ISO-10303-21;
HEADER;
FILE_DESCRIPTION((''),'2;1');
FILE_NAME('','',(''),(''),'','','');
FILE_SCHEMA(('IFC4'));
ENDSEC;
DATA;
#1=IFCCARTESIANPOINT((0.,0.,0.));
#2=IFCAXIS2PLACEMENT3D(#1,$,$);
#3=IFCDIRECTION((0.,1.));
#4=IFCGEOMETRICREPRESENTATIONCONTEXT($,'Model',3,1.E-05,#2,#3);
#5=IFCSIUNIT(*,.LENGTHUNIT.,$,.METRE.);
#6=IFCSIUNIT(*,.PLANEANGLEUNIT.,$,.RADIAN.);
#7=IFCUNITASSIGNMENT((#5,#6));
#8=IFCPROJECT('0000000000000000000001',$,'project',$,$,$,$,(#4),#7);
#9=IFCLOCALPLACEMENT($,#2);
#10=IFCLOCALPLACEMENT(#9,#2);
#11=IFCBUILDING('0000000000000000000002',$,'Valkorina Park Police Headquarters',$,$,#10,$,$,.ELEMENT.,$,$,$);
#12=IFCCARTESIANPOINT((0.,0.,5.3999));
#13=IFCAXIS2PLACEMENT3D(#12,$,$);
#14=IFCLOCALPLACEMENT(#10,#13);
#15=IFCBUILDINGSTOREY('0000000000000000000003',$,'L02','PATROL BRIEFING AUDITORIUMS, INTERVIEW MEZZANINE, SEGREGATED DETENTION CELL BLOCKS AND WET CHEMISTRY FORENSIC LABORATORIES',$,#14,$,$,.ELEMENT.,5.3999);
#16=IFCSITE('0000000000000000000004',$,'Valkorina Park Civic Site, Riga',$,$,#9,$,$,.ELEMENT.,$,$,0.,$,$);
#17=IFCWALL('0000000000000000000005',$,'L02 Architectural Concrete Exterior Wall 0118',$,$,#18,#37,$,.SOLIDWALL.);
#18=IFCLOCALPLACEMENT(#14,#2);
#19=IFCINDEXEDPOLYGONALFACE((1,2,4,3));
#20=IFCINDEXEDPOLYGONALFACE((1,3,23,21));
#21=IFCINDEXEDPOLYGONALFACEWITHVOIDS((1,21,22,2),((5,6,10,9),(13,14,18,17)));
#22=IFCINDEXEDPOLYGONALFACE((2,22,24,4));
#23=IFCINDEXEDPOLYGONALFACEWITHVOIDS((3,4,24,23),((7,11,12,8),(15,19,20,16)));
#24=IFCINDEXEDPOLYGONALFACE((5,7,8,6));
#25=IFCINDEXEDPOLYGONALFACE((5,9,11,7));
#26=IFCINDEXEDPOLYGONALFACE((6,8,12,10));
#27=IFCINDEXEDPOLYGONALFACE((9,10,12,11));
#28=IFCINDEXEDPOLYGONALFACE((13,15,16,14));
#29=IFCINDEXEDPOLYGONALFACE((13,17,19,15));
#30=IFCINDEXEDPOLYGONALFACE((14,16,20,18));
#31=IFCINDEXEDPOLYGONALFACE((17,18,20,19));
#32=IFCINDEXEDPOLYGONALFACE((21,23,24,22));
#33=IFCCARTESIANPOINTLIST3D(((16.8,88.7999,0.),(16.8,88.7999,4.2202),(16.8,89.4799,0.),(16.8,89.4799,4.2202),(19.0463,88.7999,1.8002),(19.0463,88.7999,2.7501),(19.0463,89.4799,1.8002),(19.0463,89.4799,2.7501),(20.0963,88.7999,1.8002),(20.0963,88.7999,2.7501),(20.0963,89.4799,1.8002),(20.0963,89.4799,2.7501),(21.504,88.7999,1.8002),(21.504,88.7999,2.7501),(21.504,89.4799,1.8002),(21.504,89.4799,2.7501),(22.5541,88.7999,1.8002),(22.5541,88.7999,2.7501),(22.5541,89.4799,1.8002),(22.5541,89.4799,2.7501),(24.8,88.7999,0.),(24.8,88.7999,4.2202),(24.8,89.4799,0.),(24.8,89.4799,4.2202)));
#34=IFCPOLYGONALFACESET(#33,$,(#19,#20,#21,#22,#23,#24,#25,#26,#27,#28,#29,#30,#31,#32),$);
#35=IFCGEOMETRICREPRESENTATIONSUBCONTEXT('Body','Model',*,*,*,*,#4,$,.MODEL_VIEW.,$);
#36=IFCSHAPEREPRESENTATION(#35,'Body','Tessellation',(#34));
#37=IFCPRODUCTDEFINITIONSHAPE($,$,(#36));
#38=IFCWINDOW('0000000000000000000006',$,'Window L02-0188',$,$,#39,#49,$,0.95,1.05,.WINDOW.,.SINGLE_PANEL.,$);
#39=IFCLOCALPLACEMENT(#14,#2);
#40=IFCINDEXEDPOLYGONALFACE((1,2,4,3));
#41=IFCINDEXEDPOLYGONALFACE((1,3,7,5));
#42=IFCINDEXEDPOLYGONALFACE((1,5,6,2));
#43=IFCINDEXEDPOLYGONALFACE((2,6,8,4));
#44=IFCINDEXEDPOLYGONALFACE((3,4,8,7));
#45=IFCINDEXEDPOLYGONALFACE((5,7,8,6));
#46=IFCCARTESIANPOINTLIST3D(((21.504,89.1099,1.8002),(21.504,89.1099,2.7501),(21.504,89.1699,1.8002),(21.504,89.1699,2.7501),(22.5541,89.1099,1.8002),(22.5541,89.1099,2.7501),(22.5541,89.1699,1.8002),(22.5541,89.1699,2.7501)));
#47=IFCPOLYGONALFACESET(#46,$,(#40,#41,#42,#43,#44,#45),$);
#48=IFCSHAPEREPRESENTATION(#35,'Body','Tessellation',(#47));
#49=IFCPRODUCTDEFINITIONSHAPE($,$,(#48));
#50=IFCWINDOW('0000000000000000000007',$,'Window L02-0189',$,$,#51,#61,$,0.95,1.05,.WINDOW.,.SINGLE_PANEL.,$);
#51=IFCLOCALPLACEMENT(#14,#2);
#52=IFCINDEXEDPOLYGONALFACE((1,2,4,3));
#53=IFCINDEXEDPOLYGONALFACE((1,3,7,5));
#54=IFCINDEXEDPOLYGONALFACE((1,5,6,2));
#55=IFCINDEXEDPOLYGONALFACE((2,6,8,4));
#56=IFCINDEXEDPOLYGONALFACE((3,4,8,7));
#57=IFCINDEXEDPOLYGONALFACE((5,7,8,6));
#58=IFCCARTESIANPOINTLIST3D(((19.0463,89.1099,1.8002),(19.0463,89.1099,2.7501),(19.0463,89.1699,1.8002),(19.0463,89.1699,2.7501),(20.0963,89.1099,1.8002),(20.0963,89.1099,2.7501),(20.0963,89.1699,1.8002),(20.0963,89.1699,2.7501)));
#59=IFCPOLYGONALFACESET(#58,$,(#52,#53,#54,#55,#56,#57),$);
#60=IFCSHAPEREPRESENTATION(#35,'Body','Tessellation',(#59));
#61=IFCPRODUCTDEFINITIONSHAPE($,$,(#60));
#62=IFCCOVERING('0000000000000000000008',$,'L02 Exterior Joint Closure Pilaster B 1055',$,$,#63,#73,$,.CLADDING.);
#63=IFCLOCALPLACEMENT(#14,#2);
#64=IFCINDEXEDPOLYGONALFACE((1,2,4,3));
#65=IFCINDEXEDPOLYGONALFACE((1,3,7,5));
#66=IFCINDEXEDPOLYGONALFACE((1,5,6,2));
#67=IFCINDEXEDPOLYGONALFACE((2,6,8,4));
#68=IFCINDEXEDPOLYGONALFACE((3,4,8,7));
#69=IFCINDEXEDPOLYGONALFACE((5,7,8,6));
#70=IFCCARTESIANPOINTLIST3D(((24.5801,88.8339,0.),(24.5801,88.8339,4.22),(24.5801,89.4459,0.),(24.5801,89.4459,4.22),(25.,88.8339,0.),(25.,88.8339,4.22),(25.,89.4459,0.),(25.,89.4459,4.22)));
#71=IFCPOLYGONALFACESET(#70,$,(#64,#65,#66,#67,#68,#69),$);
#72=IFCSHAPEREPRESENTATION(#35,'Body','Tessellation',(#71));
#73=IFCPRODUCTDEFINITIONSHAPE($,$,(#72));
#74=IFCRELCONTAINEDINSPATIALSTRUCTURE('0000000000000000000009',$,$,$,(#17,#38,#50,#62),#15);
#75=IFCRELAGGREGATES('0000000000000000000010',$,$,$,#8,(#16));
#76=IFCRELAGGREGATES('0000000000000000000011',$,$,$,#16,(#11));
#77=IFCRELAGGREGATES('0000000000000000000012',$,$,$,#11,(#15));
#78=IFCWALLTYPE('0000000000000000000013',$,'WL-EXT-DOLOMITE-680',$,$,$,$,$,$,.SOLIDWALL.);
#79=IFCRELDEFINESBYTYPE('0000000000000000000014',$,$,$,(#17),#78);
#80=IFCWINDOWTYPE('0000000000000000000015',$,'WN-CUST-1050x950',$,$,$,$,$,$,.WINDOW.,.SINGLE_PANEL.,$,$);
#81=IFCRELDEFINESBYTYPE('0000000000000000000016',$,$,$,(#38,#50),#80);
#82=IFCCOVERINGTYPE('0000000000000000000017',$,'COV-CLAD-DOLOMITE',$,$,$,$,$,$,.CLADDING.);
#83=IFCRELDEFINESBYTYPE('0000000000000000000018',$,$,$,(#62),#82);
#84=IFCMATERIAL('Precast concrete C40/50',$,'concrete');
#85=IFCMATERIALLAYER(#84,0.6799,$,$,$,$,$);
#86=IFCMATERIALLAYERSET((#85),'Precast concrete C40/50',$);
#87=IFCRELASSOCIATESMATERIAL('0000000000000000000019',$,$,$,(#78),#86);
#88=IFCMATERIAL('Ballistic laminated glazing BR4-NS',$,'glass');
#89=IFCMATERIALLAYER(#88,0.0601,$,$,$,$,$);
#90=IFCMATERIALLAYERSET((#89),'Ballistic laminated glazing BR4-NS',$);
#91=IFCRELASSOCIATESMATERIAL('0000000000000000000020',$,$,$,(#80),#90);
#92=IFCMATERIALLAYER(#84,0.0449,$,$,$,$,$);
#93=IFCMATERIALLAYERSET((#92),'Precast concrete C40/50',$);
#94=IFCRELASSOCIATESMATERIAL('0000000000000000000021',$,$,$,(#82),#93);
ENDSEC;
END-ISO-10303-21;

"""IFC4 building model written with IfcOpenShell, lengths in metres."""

from ifc_helpers import new_model, si_unit, direction, frame, frame_2d, origin, origin_2d, place, context, subcontext, project, spatial, rectangle, extrude, material, layer, layer_set, type_object, element, fill, save


model = new_model("IFC4")

# Units and contexts
model_context = context("Model", 3, precision=1e-05, world=origin(), true_north=direction((0.0, 1.0)))
body_context = subcontext(model_context, "Body", "Model", "MODEL_VIEW")
ifc_project = project(units=[si_unit("LENGTHUNIT", "METRE"), si_unit("PLANEANGLEUNIT", "RADIAN")], contexts=[model_context])

# Site, building, storey
site_placement = place(None, origin())
site = spatial("IfcSite", under=ifc_project, at=site_placement, Name="Valkorina Park Civic Site, Riga", CompositionType="ELEMENT", RefElevation=0.0)
building_placement = place(site_placement, origin())
building = spatial("IfcBuilding", under=site, at=building_placement, Name="Valkorina Park Police Headquarters", CompositionType="ELEMENT")
storey_placement = place(building_placement, frame((0.0, 0.0, 5.3999)))
storey = spatial("IfcBuildingStorey", under=building, at=storey_placement, Name="L02", Description="PATROL BRIEFING AUDITORIUMS, INTERVIEW MEZZANINE, SEGREGATED DETENTION CELL BLOCKS AND WET CHEMISTRY FORENSIC LABORATORIES", CompositionType="ELEMENT", Elevation=5.3999)

# Wall, openings, windows
ifc_material_1 = material(Name="Precast concrete C40/50", Category="concrete")
ifc_layer_1 = layer(ifc_material_1, 0.6799)
ifc_layer_set_1 = layer_set([ifc_layer_1], Name="Precast concrete C40/50")
wall_type_1 = type_object("IfcWallType", Name="WL-EXT-DOLOMITE-680", PredefinedType="SOLIDWALL", material=ifc_layer_set_1)
wall_1_placement = place(storey_placement, frame((24.8, 89.1399, 0.0), z_axis=(0.0, 0.0, 1.0), x_axis=(-1.0, 0.0, 0.0)))
wall_1 = element("IfcWall", 1, at=wall_1_placement, inside=storey, type_object=wall_type_1, Name="L02 Architectural Concrete Exterior Wall 0118", PredefinedType="SOLIDWALL", context=body_context, shape_type="SweptSolid", body=[
    extrude(rectangle(XDim=8.0, YDim=0.6799, at=frame_2d((4.0, 0.0))), origin(), (0.0, 0.0, 1.0), 4.2202),
])
opening_1_placement = place(wall_1_placement, frame((2.2461, 0.0, 1.8)))
opening_1 = element("IfcOpeningElement", 2, at=opening_1_placement, cuts=wall_1, PredefinedType="OPENING", context=body_context, shape_type="SweptSolid", body=[
    extrude(rectangle(XDim=1.05, YDim=0.95, at=frame_2d((0.5249, 0.4751))), frame((0.0, 0.3501, 0.0), z_axis=(0.0, -1.0, 0.0), x_axis=(1.0, 0.0, 0.0)), (0.0, 0.0, 1.0), 0.7),
])
opening_2_placement = place(wall_1_placement, frame((4.7039, 0.0, 1.8)))
opening_2 = element("IfcOpeningElement", 3, at=opening_2_placement, cuts=wall_1, PredefinedType="OPENING", context=body_context, shape_type="SweptSolid", body=[
    extrude(rectangle(XDim=1.05, YDim=0.95, at=frame_2d((0.5249, 0.4751))), frame((0.0, 0.3501, 0.0), z_axis=(0.0, -1.0, 0.0), x_axis=(1.0, 0.0, 0.0)), (0.0, 0.0, 1.0), 0.7),
])
ifc_material_2 = material(Name="Ballistic laminated glazing BR4-NS", Category="glass")
ifc_layer_2 = layer(ifc_material_2, 0.0601)
ifc_layer_set_2 = layer_set([ifc_layer_2], Name="Ballistic laminated glazing BR4-NS")
window_type = type_object("IfcWindowType", Name="WN-CUST-1050x950", PartitioningType="SINGLE_PANEL", PredefinedType="WINDOW", material=ifc_layer_set_2)
window_1_placement = place(opening_1_placement, origin())
window_1 = element("IfcWindow", 4, at=window_1_placement, inside=storey, type_object=window_type, Name="Window L02-0188", OverallHeight=0.95, OverallWidth=1.05, PartitioningType="SINGLE_PANEL", PredefinedType="WINDOW", context=body_context, shape_type="SweptSolid", body=[
    extrude(rectangle(XDim=1.05, YDim=0.95, at=frame_2d((0.5249, 0.4751))), frame((0.0, 0.03, 0.0), z_axis=(0.0, -1.0, 0.0), x_axis=(1.0, 0.0, 0.0)), (0.0, 0.0, 1.0), 0.0601),
])
fill(opening_1, window_1)
window_2_placement = place(opening_2_placement, origin())
window_2 = element("IfcWindow", 5, at=window_2_placement, inside=storey, type_object=window_type, Name="Window L02-0189", OverallHeight=0.95, OverallWidth=1.05, PartitioningType="SINGLE_PANEL", PredefinedType="WINDOW", context=body_context, shape_type="SweptSolid", body=[
    extrude(rectangle(XDim=1.05, YDim=0.95, at=frame_2d((0.5249, 0.4751))), frame((0.0, 0.03, 0.0), z_axis=(0.0, -1.0, 0.0), x_axis=(1.0, 0.0, 0.0)), (0.0, 0.0, 1.0), 0.0601),
])
fill(opening_2, window_2)

# Covering
ifc_layer_3 = layer(ifc_material_1, 0.0449)
ifc_layer_set_3 = layer_set([ifc_layer_3], Name="Precast concrete C40/50")
covering_type = type_object("IfcCoveringType", Name="COV-CLAD-DOLOMITE", PredefinedType="CLADDING", material=ifc_layer_set_3)
covering_placement = place(storey_placement, frame((24.79, 89.1399, 0.0), z_axis=(0.0, 0.0, 1.0), x_axis=(1.0, 0.0, 0.0)))
element("IfcCovering", 6, at=covering_placement, inside=storey, type_object=covering_type, Name="L02 Exterior Joint Closure Pilaster B 1055", PredefinedType="CLADDING", context=body_context, shape_type="SweptSolid", body=[
    extrude(rectangle(XDim=0.4199, YDim=0.6121, at=origin_2d()), origin(), (0.0, 0.0, 1.0), 4.22),
])

save(model, "model.ifc")
